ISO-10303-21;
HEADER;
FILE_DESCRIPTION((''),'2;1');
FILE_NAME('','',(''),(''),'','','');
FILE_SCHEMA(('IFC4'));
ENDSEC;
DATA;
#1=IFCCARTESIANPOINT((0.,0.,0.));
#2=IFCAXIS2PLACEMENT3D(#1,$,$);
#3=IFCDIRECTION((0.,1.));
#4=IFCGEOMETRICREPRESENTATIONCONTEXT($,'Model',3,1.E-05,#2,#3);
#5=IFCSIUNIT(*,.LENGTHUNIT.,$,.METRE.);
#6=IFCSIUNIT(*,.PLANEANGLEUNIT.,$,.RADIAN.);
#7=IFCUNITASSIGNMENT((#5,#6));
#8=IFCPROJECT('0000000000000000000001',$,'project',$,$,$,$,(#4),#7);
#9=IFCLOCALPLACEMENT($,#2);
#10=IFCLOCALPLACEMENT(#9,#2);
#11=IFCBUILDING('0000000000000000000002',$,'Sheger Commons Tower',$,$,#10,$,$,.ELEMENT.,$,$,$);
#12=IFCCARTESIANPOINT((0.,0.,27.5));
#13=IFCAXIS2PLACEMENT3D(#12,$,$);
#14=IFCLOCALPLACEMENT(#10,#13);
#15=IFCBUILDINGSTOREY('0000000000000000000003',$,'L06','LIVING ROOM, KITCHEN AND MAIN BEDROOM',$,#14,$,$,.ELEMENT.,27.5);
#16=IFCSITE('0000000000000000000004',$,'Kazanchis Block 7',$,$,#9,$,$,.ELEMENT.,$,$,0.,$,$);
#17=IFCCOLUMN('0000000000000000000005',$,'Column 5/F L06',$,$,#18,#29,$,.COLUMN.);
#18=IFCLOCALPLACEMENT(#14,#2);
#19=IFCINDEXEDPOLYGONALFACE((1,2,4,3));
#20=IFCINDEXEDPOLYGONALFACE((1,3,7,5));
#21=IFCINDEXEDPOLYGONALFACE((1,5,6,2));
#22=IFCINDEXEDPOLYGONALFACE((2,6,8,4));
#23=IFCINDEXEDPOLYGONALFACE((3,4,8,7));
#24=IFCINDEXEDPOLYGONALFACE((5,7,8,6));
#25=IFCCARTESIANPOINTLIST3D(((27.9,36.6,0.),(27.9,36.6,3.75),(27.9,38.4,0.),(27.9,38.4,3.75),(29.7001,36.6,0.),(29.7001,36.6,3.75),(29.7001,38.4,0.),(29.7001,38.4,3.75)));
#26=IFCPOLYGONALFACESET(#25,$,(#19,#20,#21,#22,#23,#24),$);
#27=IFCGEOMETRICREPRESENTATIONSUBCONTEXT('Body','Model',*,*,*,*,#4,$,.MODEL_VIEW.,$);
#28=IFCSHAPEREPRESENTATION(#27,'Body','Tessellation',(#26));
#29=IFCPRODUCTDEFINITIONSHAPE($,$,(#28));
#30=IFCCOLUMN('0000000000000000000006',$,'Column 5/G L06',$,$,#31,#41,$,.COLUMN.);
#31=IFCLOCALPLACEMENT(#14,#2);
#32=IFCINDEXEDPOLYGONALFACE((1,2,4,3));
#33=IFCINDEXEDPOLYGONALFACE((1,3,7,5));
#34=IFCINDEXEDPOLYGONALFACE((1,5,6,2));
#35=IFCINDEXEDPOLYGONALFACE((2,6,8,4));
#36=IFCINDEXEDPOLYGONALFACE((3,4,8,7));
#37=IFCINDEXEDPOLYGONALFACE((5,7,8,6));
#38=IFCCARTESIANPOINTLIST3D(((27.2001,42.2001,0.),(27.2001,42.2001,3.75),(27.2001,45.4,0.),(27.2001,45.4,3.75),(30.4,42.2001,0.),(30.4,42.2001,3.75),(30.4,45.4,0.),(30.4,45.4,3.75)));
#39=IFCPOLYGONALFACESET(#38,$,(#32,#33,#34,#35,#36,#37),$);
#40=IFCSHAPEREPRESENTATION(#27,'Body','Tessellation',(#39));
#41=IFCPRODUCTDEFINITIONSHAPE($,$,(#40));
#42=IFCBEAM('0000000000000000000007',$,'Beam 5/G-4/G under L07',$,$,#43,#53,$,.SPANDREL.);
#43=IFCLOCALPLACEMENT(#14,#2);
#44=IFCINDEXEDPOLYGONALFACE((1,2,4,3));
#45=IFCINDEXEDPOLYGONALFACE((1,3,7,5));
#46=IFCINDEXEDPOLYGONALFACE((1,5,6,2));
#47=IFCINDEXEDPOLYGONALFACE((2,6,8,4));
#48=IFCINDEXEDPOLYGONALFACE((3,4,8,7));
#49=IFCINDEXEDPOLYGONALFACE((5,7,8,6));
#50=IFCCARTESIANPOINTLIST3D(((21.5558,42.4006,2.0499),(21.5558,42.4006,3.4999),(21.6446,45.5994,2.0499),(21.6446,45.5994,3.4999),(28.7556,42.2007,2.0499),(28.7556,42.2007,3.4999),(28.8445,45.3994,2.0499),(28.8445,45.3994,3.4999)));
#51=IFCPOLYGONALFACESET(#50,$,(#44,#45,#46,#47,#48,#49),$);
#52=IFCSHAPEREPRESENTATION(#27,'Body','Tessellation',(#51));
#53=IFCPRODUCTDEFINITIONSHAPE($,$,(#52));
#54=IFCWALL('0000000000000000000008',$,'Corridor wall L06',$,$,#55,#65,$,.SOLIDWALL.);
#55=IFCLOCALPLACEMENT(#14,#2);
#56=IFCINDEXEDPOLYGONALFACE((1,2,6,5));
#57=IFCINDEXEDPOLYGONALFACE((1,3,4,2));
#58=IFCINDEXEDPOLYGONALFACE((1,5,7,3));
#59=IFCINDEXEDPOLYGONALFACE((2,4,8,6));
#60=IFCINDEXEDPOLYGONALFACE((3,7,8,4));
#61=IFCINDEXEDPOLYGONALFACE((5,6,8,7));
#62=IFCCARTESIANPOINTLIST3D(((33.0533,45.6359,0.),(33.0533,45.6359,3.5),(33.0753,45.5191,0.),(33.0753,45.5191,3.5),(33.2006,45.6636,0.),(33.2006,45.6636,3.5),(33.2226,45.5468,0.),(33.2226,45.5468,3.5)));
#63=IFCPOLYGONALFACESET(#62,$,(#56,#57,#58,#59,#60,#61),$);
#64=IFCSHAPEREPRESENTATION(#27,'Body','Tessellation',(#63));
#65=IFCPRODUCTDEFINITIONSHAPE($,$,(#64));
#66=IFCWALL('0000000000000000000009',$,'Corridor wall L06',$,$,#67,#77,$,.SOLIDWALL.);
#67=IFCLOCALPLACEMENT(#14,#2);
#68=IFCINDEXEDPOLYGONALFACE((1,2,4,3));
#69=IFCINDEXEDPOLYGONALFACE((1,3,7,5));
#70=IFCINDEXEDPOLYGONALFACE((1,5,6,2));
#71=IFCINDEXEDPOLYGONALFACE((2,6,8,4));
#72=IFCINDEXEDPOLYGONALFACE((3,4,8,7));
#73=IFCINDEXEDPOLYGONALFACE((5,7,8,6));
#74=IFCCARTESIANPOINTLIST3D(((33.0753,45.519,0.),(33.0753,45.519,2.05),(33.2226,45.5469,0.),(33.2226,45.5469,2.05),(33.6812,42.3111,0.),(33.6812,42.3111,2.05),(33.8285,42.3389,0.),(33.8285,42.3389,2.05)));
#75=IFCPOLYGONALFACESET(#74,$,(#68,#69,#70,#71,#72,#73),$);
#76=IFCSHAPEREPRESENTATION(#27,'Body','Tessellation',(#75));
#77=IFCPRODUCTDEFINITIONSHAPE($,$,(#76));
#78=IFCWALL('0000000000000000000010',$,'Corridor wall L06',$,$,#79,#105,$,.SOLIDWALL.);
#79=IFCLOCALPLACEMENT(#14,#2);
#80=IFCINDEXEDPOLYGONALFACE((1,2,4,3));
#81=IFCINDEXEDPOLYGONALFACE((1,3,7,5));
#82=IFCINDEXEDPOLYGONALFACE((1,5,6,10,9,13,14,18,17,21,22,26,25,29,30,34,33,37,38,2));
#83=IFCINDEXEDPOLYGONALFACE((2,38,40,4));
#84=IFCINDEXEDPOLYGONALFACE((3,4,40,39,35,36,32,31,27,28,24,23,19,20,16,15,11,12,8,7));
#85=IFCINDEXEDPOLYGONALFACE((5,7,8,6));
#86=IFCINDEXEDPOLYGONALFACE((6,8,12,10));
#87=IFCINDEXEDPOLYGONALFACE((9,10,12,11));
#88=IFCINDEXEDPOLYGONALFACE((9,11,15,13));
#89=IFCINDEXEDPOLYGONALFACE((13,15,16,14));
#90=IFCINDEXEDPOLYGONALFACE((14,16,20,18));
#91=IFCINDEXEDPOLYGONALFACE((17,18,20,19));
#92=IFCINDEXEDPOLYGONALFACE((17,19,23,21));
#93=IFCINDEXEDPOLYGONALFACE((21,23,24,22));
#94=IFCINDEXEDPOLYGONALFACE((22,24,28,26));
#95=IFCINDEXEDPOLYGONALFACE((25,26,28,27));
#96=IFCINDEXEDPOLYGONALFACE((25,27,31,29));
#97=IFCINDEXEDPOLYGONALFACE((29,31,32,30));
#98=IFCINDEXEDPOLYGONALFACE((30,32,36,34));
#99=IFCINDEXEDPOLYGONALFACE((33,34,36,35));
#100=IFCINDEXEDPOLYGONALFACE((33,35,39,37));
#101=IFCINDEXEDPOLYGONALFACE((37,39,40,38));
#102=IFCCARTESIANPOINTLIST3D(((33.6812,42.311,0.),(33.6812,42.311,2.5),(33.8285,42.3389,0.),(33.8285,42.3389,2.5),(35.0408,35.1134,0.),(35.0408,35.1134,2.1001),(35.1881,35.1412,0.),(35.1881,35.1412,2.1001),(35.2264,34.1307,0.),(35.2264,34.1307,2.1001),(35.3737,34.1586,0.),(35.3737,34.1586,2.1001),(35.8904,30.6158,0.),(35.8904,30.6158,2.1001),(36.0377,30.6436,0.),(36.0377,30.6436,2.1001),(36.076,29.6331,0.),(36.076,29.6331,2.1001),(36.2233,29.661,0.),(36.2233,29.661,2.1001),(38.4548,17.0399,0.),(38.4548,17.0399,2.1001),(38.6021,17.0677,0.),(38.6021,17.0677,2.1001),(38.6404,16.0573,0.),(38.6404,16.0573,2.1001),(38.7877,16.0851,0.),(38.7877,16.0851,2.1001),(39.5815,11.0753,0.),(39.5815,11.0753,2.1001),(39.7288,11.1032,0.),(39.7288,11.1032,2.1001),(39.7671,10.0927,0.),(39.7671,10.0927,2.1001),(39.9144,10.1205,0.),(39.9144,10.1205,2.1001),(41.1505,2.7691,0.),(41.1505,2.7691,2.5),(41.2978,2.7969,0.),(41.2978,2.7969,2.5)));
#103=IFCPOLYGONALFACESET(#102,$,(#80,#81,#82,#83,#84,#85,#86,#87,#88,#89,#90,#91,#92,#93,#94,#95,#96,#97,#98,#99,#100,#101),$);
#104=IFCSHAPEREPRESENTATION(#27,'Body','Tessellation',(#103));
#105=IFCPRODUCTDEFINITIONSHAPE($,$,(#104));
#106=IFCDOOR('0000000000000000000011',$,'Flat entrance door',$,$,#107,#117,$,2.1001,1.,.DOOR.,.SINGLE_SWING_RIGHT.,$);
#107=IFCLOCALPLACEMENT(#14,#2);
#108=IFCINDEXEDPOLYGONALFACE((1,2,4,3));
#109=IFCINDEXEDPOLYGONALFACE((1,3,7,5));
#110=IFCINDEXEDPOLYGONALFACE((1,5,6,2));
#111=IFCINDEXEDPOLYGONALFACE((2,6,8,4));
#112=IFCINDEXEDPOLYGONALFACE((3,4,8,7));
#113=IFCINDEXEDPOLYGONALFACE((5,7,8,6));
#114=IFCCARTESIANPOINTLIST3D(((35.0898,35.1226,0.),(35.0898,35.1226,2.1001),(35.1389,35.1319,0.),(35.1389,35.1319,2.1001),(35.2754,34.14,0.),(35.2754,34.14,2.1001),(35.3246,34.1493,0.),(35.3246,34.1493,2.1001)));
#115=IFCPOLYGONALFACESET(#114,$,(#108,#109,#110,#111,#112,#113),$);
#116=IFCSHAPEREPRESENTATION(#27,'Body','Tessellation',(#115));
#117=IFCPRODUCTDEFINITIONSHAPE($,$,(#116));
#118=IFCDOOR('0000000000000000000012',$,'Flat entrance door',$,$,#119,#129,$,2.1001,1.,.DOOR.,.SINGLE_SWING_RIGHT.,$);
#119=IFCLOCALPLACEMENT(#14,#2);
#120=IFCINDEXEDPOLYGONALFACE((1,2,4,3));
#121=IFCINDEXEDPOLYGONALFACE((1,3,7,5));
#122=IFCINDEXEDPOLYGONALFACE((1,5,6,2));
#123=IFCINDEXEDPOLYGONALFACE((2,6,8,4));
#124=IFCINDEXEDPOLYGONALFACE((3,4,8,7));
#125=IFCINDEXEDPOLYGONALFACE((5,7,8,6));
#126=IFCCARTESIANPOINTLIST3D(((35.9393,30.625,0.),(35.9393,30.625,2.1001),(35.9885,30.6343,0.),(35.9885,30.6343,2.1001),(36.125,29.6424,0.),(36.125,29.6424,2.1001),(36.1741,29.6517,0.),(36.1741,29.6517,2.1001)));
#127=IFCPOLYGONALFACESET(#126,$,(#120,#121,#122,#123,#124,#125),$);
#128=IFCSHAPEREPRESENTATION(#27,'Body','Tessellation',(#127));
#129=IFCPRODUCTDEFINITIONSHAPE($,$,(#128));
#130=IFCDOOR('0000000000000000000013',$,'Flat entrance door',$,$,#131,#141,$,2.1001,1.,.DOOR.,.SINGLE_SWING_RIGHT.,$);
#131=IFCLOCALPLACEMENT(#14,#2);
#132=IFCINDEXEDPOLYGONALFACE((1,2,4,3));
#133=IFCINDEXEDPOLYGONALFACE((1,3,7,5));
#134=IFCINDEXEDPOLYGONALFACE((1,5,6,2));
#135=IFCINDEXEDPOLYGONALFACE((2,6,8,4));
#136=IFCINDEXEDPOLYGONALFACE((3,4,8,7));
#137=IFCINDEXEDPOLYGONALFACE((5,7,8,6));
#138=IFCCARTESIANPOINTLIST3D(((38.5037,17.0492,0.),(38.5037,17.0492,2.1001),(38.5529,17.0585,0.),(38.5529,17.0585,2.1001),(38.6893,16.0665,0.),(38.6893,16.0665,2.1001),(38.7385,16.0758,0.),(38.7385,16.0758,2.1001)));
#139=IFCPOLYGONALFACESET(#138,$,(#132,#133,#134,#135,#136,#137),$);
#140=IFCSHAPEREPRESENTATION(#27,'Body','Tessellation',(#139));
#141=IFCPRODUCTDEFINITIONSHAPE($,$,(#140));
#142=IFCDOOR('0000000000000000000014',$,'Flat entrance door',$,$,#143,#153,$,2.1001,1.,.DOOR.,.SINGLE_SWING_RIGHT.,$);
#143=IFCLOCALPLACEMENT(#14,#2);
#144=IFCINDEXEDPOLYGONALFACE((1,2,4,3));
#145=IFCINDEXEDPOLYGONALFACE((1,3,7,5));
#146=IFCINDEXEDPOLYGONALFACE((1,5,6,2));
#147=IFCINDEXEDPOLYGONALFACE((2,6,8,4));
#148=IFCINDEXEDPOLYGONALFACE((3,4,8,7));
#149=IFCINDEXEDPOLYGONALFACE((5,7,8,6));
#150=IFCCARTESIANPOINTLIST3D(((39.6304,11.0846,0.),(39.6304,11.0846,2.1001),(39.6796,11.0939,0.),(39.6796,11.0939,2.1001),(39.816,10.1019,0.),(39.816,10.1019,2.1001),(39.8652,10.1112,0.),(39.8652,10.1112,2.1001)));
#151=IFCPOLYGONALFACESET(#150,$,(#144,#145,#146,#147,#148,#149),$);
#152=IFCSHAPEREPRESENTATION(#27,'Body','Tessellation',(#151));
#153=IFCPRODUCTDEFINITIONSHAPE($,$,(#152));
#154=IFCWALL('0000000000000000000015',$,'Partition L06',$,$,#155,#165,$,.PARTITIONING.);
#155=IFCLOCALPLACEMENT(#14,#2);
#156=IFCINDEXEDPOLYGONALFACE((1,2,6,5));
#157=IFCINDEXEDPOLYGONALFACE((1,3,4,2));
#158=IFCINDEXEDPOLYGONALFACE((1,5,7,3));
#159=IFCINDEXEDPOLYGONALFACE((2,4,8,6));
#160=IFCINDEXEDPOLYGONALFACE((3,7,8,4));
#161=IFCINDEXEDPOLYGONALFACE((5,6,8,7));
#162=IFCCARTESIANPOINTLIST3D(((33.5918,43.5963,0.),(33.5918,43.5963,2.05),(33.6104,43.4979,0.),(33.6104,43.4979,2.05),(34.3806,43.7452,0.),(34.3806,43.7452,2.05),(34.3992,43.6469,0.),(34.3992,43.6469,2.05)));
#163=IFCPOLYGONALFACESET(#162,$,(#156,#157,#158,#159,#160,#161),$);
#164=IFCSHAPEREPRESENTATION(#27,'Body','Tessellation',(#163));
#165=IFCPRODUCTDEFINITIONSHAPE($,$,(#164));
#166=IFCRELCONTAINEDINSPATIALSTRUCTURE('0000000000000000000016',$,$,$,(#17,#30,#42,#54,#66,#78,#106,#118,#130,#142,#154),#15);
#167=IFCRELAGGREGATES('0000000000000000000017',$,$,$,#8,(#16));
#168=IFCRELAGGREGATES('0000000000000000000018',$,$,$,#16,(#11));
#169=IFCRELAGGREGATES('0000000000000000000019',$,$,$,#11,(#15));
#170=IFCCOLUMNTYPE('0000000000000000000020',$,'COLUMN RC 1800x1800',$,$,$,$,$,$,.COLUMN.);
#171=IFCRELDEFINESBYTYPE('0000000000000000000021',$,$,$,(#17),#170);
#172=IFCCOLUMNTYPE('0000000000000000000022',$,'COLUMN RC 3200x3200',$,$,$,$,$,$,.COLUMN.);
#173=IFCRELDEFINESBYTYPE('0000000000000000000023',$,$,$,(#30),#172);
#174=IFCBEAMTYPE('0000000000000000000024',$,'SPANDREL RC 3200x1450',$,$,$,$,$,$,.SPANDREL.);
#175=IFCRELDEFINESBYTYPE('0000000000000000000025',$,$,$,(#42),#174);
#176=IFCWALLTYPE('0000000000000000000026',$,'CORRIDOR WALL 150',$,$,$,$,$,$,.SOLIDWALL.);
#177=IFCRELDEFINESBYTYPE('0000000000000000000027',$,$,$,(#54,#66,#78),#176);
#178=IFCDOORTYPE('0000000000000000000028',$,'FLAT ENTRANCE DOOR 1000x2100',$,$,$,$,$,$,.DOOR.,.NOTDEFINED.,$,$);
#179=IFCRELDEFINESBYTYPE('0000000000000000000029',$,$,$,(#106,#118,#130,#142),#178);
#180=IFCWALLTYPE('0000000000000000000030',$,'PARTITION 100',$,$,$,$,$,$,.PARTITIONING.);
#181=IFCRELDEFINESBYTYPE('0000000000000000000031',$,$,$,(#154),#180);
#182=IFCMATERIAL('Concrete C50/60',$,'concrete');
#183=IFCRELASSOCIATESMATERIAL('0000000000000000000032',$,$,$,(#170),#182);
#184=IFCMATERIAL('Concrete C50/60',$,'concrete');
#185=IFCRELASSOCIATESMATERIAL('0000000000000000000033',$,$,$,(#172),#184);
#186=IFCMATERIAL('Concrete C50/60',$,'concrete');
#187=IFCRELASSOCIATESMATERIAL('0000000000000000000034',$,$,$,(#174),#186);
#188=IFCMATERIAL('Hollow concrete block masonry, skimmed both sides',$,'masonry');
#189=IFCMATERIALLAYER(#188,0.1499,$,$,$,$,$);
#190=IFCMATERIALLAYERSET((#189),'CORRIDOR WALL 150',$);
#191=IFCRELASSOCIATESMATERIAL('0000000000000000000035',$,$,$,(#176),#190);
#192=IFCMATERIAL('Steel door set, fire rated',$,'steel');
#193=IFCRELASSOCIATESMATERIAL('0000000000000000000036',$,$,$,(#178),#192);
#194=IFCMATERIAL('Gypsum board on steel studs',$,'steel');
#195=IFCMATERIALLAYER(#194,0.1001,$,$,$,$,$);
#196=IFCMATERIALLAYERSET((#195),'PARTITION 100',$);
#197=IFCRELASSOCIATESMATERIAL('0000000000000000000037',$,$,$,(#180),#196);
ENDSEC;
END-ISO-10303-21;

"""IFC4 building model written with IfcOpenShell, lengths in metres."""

from ifc_helpers import new_model, si_unit, direction, frame, frame_2d, origin, origin_2d, place, context, subcontext, project, spatial, rectangle, extrude, material, layer, layer_set, material_profile, profile_set, type_object, element, fill, save


model = new_model("IFC4")

# Units and contexts
model_context = context("Model", 3, precision=1e-05, world=origin(), true_north=direction((0.0, 1.0)))
body_context = subcontext(model_context, "Body", "Model", "MODEL_VIEW")
ifc_project = project(units=[si_unit("LENGTHUNIT", "METRE"), si_unit("PLANEANGLEUNIT", "RADIAN")], contexts=[model_context])

# Site, building, storey
site_placement = place(None, origin())
site = spatial("IfcSite", under=ifc_project, at=site_placement, Name="Kazanchis Block 7", CompositionType="ELEMENT", RefElevation=0.0)
building_placement = place(site_placement, origin())
building = spatial("IfcBuilding", under=site, at=building_placement, Name="Sheger Commons Tower", CompositionType="ELEMENT")
storey_placement = place(building_placement, frame((0.0, 0.0, 27.5)))
storey = spatial("IfcBuildingStorey", under=building, at=storey_placement, Name="L06", Description="LIVING ROOM, KITCHEN AND MAIN BEDROOM", CompositionType="ELEMENT", Elevation=27.5)

# Columns
ifc_material_1 = material(Name="Concrete C50/60", Category="concrete")
ifc_material_profile_1 = material_profile(ifc_material_1, rectangle(XDim=1.8, YDim=1.8, at=origin_2d()), Name="RC 1800x1800")
ifc_profile_set_1 = profile_set([ifc_material_profile_1], Name="Concrete C50/60")
column_type_1 = type_object("IfcColumnType", Name="COLUMN RC 1800x1800", PredefinedType="COLUMN", material=ifc_profile_set_1)
column_1_placement = place(storey_placement, frame((28.8, 37.5, 0.0), z_axis=(0.0, 0.0, 1.0), x_axis=(1.0, 0.0, 0.0)))
element("IfcColumn", 1, at=column_1_placement, inside=storey, type_object=column_type_1, Name="Column 5/F L06", PredefinedType="COLUMN", context=body_context, shape_type="SweptSolid", body=[
    extrude(rectangle(XDim=1.8, YDim=1.8, at=origin_2d()), origin(), (0.0, 0.0, 1.0), 3.75),
])
ifc_material_2 = material(Name="Concrete C50/60", Category="concrete")
ifc_material_profile_2 = material_profile(ifc_material_2, rectangle(XDim=3.2, YDim=3.2, at=origin_2d()), Name="RC 3200x3200")
ifc_profile_set_2 = profile_set([ifc_material_profile_2], Name="Concrete C50/60")
column_type_2 = type_object("IfcColumnType", Name="COLUMN RC 3200x3200", PredefinedType="COLUMN", material=ifc_profile_set_2)
column_2_placement = place(storey_placement, frame((28.8, 43.8, 0.0), z_axis=(0.0, 0.0, 1.0), x_axis=(1.0, 0.0, 0.0)))
element("IfcColumn", 2, at=column_2_placement, inside=storey, type_object=column_type_2, Name="Column 5/G L06", PredefinedType="COLUMN", context=body_context, shape_type="SweptSolid", body=[
    extrude(rectangle(XDim=3.2, YDim=3.2, at=origin_2d()), origin(), (0.0, 0.0, 1.0), 3.75),
])

# Beam
ifc_material_3 = material(Name="Concrete C50/60", Category="concrete")
ifc_material_profile_3 = material_profile(ifc_material_3, rectangle(XDim=3.2, YDim=1.45, at=origin_2d()), Name="RC 3200x1450")
ifc_profile_set_3 = profile_set([ifc_material_profile_3], Name="Concrete C50/60")
beam_type = type_object("IfcBeamType", Name="SPANDREL RC 3200x1450", PredefinedType="SPANDREL", material=ifc_profile_set_3)
beam_placement = place(storey_placement, frame((28.8, 43.8, 2.7749), z_axis=(-0.999615, 0.02776, 0.0), x_axis=(-0.02776, -0.999615, 0.0)))
element("IfcBeam", 3, at=beam_placement, inside=storey, type_object=beam_type, Name="Beam 5/G-4/G under L07", PredefinedType="SPANDREL", context=body_context, shape_type="SweptSolid", body=[
    extrude(rectangle(XDim=3.2, YDim=1.45, at=origin_2d()), origin(), (0.0, 0.0, 1.0), 7.2026),
])

# Walls
ifc_material_4 = material(Name="Hollow concrete block masonry, skimmed both sides", Category="masonry")
ifc_layer_1 = layer(ifc_material_4, 0.1499)
ifc_layer_set_1 = layer_set([ifc_layer_1], Name="CORRIDOR WALL 150")
wall_type_1 = type_object("IfcWallType", Name="CORRIDOR WALL 150", PredefinedType="SOLIDWALL", material=ifc_layer_set_1)
wall_1_placement = place(storey_placement, frame((33.127, 45.6499, 0.0), z_axis=(0.0, 0.0, 1.0), x_axis=(0.18466, -0.982802, 0.0)))
element("IfcWall", 4, at=wall_1_placement, inside=storey, type_object=wall_type_1, Name="Corridor wall L06", PredefinedType="SOLIDWALL", context=body_context, shape_type="SweptSolid", body=[
    extrude(rectangle(XDim=0.1189, YDim=0.1499, at=frame_2d((0.0596, 0.0))), origin(), (0.0, 0.0, 1.0), 3.5),
])
wall_2_placement = place(storey_placement, frame((33.1489, 45.533, 0.0), z_axis=(0.0, 0.0, 1.0), x_axis=(0.185607, -0.982624, 0.0)))
element("IfcWall", 5, at=wall_2_placement, inside=storey, type_object=wall_type_1, Name="Corridor wall L06", PredefinedType="SOLIDWALL", context=body_context, shape_type="SweptSolid", body=[
    extrude(rectangle(XDim=3.2646, YDim=0.1499, at=frame_2d((1.6323, 0.0))), origin(), (0.0, 0.0, 1.0), 2.05),
])

# Wall, openings, doors
wall_3_placement = place(storey_placement, frame((33.7549, 42.325, 0.0), z_axis=(0.0, 0.0, 1.0), x_axis=(0.185611, -0.982623, 0.0)))
wall_3 = element("IfcWall", 6, at=wall_3_placement, inside=storey, type_object=wall_type_1, Name="Corridor wall L06", PredefinedType="SOLIDWALL", context=body_context, shape_type="SweptSolid", body=[
    extrude(rectangle(XDim=40.2412, YDim=0.1499, at=frame_2d((20.1206, 0.0))), origin(), (0.0, 0.0, 1.0), 2.5),
])
opening_1_placement = place(wall_3_placement, frame((7.325, 0.0, 0.0)))
opening_1 = element("IfcOpeningElement", 7, at=opening_1_placement, cuts=wall_3, PredefinedType="OPENING", context=body_context, shape_type="SweptSolid", body=[
    extrude(rectangle(XDim=1.0, YDim=2.1001, at=frame_2d((0.5, 1.05))), frame((0.0, 0.085, 0.0), z_axis=(0.0, -1.0, 0.0), x_axis=(1.0, 0.0, 0.0)), (0.0, 0.0, 1.0), 0.1699),
])
opening_2_placement = place(wall_3_placement, frame((11.9021, 0.0, 0.0)))
opening_2 = element("IfcOpeningElement", 8, at=opening_2_placement, cuts=wall_3, PredefinedType="OPENING", context=body_context, shape_type="SweptSolid", body=[
    extrude(rectangle(XDim=1.0, YDim=2.1001, at=frame_2d((0.5, 1.05))), frame((0.0, 0.085, 0.0), z_axis=(0.0, -1.0, 0.0), x_axis=(1.0, 0.0, 0.0)), (0.0, 0.0, 1.0), 0.1699),
])
opening_3_placement = place(wall_3_placement, frame((25.718, 0.0, 0.0)))
opening_3 = element("IfcOpeningElement", 9, at=opening_3_placement, cuts=wall_3, PredefinedType="OPENING", context=body_context, shape_type="SweptSolid", body=[
    extrude(rectangle(XDim=1.0, YDim=2.1001, at=frame_2d((0.5, 1.05))), frame((0.0, 0.085, 0.0), z_axis=(0.0, -1.0, 0.0), x_axis=(1.0, 0.0, 0.0)), (0.0, 0.0, 1.0), 0.1699),
])
opening_4_placement = place(wall_3_placement, frame((31.7881, 0.0, 0.0)))
opening_4 = element("IfcOpeningElement", 10, at=opening_4_placement, cuts=wall_3, PredefinedType="OPENING", context=body_context, shape_type="SweptSolid", body=[
    extrude(rectangle(XDim=1.0, YDim=2.1001, at=frame_2d((0.5, 1.05))), frame((0.0, 0.085, 0.0), z_axis=(0.0, -1.0, 0.0), x_axis=(1.0, 0.0, 0.0)), (0.0, 0.0, 1.0), 0.1699),
])
ifc_material_5 = material(Name="Steel door set, fire rated", Category="steel")
door_type = type_object("IfcDoorType", Name="FLAT ENTRANCE DOOR 1000x2100", OperationType="NOTDEFINED", PredefinedType="DOOR", material=ifc_material_5)
door_1_placement = place(opening_1_placement, origin())
door_1 = element("IfcDoor", 11, at=door_1_placement, inside=storey, type_object=door_type, Name="Flat entrance door", OperationType="SINGLE_SWING_RIGHT", OverallHeight=2.1001, OverallWidth=1.0, PredefinedType="DOOR", context=body_context, shape_type="SweptSolid", body=[
    extrude(rectangle(XDim=1.0, YDim=2.1001, at=frame_2d((0.5, 1.05))), frame((0.0, 0.0249, 0.0), z_axis=(0.0, -1.0, 0.0), x_axis=(1.0, 0.0, 0.0)), (0.0, 0.0, 1.0), 0.05),
])
fill(opening_1, door_1)
door_2_placement = place(opening_2_placement, origin())
door_2 = element("IfcDoor", 12, at=door_2_placement, inside=storey, type_object=door_type, Name="Flat entrance door", OperationType="SINGLE_SWING_RIGHT", OverallHeight=2.1001, OverallWidth=1.0, PredefinedType="DOOR", context=body_context, shape_type="SweptSolid", body=[
    extrude(rectangle(XDim=1.0, YDim=2.1001, at=frame_2d((0.5, 1.05))), frame((0.0, 0.0249, 0.0), z_axis=(0.0, -1.0, 0.0), x_axis=(1.0, 0.0, 0.0)), (0.0, 0.0, 1.0), 0.05),
])
fill(opening_2, door_2)
door_3_placement = place(opening_3_placement, origin())
door_3 = element("IfcDoor", 13, at=door_3_placement, inside=storey, type_object=door_type, Name="Flat entrance door", OperationType="SINGLE_SWING_RIGHT", OverallHeight=2.1001, OverallWidth=1.0, PredefinedType="DOOR", context=body_context, shape_type="SweptSolid", body=[
    extrude(rectangle(XDim=1.0, YDim=2.1001, at=frame_2d((0.5, 1.05))), frame((0.0, 0.0249, 0.0), z_axis=(0.0, -1.0, 0.0), x_axis=(1.0, 0.0, 0.0)), (0.0, 0.0, 1.0), 0.05),
])
fill(opening_3, door_3)
door_4_placement = place(opening_4_placement, origin())
door_4 = element("IfcDoor", 14, at=door_4_placement, inside=storey, type_object=door_type, Name="Flat entrance door", OperationType="SINGLE_SWING_RIGHT", OverallHeight=2.1001, OverallWidth=1.0, PredefinedType="DOOR", context=body_context, shape_type="SweptSolid", body=[
    extrude(rectangle(XDim=1.0, YDim=2.1001, at=frame_2d((0.5, 1.05))), frame((0.0, 0.0249, 0.0), z_axis=(0.0, -1.0, 0.0), x_axis=(1.0, 0.0, 0.0)), (0.0, 0.0, 1.0), 0.05),
])
fill(opening_4, door_4)

# Wall
ifc_material_6 = material(Name="Gypsum board on steel studs", Category="steel")
ifc_layer_2 = layer(ifc_material_6, 0.1001)
ifc_layer_set_2 = layer_set([ifc_layer_2], Name="PARTITION 100")
wall_type_2 = type_object("IfcWallType", Name="PARTITION 100", PredefinedType="PARTITIONING", material=ifc_layer_set_2)
wall_4_placement = place(storey_placement, frame((34.3899, 43.696, 0.0), z_axis=(0.0, 0.0, 1.0), x_axis=(-0.982641, -0.185519, 0.0)))
element("IfcWall", 15, at=wall_4_placement, inside=storey, type_object=wall_type_2, Name="Partition L06", PredefinedType="PARTITIONING", context=body_context, shape_type="SweptSolid", body=[
    extrude(rectangle(XDim=0.8027, YDim=0.1001, at=frame_2d((0.4014, 0.0))), origin(), (0.0, 0.0, 1.0), 2.05),
])

save(model, "model.ifc")
